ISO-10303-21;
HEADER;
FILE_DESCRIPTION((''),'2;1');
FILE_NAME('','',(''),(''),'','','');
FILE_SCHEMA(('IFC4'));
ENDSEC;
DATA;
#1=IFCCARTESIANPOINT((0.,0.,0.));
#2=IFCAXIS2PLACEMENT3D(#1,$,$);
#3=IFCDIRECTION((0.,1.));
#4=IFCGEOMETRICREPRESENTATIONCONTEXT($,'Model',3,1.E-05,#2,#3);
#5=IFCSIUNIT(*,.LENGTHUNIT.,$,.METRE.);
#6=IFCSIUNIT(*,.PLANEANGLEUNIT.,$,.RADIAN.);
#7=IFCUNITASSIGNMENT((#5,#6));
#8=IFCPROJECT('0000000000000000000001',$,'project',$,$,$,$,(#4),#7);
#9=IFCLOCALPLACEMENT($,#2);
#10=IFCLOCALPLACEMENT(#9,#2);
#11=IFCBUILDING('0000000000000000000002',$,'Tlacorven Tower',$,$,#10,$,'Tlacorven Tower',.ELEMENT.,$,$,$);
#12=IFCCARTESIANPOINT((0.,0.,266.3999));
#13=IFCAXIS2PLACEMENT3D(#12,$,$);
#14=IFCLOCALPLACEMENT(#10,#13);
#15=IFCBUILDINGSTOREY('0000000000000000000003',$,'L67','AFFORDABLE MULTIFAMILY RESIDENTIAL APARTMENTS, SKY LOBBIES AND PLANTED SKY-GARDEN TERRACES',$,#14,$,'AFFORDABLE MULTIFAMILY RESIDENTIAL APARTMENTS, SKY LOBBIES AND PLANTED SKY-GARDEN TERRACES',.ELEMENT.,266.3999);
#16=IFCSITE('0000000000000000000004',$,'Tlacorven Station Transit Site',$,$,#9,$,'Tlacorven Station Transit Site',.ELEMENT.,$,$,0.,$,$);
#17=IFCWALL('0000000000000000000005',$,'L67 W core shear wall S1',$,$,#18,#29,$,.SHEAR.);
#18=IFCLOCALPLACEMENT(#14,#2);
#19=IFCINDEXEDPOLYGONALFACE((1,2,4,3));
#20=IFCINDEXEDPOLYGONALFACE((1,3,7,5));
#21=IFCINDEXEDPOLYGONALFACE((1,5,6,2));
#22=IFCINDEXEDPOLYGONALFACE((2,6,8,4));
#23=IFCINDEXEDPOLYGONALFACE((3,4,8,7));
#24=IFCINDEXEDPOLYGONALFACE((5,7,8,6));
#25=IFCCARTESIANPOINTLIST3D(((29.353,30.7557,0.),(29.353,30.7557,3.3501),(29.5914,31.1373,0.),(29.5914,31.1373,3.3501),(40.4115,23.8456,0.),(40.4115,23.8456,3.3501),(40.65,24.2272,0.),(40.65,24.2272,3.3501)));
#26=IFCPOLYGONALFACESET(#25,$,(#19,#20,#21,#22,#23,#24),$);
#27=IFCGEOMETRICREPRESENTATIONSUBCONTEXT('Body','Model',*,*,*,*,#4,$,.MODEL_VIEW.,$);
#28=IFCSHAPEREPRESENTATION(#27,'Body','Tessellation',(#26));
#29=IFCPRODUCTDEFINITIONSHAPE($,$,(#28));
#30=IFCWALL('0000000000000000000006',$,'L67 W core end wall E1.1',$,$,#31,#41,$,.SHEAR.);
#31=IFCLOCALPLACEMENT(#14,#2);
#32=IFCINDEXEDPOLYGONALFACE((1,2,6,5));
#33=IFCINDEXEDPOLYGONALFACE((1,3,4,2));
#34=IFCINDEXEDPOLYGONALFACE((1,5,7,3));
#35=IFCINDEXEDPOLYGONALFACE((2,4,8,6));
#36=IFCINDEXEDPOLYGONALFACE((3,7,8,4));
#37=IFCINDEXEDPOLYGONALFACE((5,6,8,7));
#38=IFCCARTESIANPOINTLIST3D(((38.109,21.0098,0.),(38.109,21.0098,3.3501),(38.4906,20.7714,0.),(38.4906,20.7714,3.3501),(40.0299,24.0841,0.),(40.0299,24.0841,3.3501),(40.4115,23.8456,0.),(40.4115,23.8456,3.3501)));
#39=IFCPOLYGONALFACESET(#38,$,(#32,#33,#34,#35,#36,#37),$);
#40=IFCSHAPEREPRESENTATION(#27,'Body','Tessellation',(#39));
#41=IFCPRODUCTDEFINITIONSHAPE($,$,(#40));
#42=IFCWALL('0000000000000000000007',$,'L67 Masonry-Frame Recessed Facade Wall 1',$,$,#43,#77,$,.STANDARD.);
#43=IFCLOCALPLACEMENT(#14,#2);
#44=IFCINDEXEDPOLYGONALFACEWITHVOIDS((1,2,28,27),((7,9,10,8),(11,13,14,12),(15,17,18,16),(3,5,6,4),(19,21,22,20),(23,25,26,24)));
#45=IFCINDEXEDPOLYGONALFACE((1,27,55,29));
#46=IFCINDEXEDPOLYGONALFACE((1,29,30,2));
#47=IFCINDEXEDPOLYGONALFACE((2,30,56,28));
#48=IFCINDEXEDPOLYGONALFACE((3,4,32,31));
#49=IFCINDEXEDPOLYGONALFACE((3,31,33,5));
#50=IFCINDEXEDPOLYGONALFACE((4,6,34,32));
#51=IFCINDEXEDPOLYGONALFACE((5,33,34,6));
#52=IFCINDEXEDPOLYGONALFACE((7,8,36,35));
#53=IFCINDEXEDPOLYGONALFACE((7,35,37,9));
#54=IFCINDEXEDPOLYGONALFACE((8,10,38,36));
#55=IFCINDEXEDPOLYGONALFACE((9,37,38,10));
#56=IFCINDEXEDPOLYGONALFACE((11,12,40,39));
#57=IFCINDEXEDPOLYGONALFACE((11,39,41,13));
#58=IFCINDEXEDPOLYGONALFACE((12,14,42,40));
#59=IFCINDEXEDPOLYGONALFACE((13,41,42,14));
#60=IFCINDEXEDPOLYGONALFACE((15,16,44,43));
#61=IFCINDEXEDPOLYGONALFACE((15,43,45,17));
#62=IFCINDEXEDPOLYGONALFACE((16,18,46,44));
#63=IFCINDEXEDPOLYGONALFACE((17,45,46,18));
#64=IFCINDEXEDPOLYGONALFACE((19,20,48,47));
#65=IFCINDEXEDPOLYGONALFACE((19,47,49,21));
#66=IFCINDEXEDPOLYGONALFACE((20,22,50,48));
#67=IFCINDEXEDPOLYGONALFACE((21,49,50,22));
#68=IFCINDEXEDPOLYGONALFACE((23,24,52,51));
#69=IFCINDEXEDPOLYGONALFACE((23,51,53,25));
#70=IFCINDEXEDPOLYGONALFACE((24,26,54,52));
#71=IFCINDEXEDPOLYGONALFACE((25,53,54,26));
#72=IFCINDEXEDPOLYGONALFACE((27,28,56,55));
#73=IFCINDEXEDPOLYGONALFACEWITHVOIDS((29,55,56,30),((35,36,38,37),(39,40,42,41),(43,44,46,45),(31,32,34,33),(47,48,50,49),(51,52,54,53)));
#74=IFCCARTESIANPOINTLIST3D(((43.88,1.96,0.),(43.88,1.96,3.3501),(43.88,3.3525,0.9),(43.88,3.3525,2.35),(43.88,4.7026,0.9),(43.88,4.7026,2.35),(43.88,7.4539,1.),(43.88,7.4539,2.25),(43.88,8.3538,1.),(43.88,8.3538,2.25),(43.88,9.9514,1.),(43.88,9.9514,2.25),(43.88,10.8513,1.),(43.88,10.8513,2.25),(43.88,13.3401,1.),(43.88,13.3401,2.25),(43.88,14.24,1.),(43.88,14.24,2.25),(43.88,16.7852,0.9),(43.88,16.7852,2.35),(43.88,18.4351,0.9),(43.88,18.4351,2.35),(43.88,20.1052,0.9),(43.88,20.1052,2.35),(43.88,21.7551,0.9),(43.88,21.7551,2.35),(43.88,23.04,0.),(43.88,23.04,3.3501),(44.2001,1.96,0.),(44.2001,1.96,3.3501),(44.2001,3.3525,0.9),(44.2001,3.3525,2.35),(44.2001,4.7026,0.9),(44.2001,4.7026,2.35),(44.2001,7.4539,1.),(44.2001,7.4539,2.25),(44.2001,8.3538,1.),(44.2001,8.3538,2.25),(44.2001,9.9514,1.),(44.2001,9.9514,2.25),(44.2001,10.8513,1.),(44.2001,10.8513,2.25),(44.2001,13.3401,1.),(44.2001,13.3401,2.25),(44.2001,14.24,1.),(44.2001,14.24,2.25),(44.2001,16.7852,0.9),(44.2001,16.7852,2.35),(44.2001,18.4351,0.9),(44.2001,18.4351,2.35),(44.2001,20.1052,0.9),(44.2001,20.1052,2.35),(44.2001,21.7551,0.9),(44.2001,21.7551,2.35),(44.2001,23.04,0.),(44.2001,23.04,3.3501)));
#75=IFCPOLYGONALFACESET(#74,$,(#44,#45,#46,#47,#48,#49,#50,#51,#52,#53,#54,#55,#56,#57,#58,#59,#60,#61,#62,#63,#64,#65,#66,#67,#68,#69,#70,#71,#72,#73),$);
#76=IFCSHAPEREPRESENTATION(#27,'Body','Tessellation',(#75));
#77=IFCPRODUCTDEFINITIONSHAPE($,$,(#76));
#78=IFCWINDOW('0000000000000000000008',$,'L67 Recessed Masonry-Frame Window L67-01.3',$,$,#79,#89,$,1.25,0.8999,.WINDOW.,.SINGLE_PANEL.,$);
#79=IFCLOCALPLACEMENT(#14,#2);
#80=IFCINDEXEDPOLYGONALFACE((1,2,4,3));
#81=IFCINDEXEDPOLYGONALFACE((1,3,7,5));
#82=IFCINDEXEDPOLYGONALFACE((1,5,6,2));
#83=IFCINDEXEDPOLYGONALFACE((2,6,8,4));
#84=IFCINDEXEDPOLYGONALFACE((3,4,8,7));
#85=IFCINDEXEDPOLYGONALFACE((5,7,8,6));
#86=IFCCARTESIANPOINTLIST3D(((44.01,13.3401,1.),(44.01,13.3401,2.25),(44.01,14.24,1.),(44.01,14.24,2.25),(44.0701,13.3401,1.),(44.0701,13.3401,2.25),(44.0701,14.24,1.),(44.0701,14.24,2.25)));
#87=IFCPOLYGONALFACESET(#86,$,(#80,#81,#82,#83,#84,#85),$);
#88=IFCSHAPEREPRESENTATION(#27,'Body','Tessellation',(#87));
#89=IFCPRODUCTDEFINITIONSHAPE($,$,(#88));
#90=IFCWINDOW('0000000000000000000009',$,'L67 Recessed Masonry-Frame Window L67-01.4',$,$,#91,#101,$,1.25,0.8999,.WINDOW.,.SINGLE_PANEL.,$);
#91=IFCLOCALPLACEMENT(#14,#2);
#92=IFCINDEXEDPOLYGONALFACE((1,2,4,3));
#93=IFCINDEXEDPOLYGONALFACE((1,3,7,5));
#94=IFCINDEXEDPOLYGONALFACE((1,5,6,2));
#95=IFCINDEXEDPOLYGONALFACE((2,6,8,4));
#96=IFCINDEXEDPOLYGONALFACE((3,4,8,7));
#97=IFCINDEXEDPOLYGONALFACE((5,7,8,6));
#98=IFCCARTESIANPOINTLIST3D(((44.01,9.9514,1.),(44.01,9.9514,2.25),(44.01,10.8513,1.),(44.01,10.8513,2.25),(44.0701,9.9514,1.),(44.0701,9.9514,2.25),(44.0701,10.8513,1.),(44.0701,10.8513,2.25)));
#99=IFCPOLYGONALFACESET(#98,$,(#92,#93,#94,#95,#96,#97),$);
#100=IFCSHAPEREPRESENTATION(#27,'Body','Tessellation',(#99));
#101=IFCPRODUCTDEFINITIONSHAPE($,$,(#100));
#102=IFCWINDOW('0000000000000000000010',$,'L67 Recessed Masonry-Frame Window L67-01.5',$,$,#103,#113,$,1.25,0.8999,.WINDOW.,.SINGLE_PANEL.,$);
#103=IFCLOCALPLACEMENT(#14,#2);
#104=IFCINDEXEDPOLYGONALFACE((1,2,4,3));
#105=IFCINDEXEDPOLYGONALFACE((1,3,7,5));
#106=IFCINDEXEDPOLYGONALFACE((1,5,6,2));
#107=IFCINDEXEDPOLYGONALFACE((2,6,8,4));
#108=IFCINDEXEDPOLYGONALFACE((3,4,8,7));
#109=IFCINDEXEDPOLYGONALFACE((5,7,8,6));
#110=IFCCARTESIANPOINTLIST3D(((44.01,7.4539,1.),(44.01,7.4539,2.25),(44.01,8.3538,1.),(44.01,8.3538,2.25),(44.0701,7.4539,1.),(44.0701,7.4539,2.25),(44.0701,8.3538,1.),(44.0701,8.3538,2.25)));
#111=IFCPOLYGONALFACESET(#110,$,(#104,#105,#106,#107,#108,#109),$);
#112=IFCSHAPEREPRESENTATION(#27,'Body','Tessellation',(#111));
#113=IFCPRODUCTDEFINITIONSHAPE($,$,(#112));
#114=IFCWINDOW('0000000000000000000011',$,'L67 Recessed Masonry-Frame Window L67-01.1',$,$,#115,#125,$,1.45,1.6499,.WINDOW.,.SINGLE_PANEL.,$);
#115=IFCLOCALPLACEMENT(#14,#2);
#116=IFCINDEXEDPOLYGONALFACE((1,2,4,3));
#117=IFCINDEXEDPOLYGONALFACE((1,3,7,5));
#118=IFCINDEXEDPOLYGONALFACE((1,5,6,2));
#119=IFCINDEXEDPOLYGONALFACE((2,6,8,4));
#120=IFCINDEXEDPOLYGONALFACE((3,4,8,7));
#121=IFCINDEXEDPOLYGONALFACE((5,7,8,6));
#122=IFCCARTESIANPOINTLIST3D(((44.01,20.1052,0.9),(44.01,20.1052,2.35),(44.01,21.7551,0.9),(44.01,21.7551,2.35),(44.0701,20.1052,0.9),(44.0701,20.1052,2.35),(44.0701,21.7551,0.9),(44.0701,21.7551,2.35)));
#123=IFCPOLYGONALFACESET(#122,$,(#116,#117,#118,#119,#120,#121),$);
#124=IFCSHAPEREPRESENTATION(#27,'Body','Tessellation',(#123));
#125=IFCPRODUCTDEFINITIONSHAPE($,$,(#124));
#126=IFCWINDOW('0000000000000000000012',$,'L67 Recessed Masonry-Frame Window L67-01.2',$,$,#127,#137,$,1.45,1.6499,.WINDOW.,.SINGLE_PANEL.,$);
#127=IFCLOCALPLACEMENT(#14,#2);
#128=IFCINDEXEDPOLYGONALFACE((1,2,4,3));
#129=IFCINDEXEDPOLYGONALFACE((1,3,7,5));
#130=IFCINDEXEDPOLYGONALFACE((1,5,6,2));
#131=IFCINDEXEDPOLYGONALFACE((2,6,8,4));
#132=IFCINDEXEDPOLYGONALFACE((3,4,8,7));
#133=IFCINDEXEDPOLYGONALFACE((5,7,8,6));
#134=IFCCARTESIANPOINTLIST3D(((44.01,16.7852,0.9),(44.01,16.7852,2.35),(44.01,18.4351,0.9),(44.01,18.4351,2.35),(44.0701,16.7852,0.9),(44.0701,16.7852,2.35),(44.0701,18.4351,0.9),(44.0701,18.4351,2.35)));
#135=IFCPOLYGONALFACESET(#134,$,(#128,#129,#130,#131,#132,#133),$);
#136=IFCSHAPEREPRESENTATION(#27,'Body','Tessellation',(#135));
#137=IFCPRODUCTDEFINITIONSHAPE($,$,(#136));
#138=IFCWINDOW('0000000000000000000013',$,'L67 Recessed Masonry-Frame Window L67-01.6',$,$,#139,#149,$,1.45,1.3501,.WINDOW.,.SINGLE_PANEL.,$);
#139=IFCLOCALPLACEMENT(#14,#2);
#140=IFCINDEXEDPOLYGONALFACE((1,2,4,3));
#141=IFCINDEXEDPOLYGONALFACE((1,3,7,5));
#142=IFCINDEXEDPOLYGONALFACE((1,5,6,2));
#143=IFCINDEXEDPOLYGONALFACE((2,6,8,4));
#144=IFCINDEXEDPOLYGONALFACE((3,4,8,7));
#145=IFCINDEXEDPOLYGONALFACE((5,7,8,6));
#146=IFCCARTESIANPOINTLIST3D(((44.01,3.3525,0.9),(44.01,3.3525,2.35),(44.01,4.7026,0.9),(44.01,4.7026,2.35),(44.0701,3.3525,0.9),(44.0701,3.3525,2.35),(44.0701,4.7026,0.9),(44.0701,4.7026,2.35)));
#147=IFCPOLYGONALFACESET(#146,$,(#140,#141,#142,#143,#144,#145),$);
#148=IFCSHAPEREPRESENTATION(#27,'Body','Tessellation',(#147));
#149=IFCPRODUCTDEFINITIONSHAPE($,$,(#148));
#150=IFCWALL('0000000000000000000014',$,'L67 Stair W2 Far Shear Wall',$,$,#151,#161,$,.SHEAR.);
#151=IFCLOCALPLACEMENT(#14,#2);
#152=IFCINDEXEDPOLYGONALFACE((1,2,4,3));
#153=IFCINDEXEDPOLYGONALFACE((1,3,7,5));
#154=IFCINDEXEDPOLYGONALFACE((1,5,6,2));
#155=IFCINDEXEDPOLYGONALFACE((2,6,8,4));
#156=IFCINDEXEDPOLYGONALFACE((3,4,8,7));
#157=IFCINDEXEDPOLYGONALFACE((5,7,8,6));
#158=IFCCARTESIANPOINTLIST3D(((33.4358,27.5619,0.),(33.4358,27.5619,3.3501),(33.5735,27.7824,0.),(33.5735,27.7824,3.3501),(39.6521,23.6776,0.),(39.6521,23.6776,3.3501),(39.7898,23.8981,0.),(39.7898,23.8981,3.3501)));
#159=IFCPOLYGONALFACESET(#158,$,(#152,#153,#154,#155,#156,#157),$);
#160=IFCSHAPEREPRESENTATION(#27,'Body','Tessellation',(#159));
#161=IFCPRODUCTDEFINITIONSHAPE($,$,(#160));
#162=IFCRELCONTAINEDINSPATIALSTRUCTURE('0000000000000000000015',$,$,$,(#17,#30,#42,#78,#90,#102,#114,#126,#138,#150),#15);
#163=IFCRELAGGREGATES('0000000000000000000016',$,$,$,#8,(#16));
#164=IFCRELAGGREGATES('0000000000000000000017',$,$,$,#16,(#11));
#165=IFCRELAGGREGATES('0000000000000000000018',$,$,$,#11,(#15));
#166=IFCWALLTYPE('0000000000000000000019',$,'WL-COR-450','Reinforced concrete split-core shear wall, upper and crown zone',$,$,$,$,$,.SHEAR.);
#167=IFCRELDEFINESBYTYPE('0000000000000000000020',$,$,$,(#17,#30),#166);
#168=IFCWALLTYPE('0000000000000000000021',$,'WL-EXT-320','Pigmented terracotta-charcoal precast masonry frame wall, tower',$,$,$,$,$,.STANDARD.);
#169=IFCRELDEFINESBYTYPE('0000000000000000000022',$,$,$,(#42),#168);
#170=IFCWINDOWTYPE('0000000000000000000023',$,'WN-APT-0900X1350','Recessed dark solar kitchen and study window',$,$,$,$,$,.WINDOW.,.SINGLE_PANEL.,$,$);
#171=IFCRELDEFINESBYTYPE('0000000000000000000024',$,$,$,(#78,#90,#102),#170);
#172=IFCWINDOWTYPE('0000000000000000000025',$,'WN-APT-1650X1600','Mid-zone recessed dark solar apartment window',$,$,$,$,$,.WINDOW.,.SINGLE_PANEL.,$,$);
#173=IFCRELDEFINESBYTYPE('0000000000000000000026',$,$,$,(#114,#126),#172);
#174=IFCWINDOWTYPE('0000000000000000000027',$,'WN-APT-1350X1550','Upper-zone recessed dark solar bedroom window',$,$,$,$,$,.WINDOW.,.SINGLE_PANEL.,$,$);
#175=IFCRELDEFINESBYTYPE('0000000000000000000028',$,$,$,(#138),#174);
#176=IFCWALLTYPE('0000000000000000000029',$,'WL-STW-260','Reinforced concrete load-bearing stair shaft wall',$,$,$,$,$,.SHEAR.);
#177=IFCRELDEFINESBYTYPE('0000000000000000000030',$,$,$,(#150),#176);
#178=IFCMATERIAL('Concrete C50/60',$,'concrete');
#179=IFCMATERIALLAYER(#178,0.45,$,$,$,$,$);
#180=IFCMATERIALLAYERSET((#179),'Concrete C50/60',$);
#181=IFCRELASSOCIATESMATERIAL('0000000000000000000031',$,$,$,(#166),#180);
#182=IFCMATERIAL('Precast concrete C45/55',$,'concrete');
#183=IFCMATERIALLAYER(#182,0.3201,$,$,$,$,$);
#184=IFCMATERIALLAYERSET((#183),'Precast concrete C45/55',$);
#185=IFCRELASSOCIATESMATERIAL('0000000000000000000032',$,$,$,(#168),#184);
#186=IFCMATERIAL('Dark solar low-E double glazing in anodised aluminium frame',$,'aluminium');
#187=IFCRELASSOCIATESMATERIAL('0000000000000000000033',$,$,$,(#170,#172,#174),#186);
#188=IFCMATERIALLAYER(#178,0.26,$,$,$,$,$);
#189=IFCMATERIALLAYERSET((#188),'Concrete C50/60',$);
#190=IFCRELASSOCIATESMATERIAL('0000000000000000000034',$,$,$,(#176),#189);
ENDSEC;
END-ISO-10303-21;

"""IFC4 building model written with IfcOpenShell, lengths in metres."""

from ifc_helpers import new_model, si_unit, direction, frame, frame_2d, origin, place, context, subcontext, project, spatial, rectangle, extrude, source, transform, mapped, material, layer, layer_set, type_object, element, fill, save


model = new_model("IFC4")

# Units and contexts
model_context = context("Model", 3, precision=1e-05, world=origin(), true_north=direction((0.0, 1.0)))
body_context = subcontext(model_context, "Body", "Model", "MODEL_VIEW")
ifc_project = project(units=[si_unit("LENGTHUNIT", "METRE"), si_unit("PLANEANGLEUNIT", "RADIAN")], contexts=[model_context])

# Site, building, storey
site_placement = place(None, origin())
site = spatial("IfcSite", under=ifc_project, at=site_placement, Name="Tlacorven Station Transit Site", LongName="Tlacorven Station Transit Site", CompositionType="ELEMENT", RefElevation=0.0)
building_placement = place(site_placement, origin())
building = spatial("IfcBuilding", under=site, at=building_placement, Name="Tlacorven Tower", LongName="Tlacorven Tower", CompositionType="ELEMENT")
storey_placement = place(building_placement, frame((0.0, 0.0, 266.3999)))
storey = spatial("IfcBuildingStorey", under=building, at=storey_placement, Name="L67", Description="AFFORDABLE MULTIFAMILY RESIDENTIAL APARTMENTS, SKY LOBBIES AND PLANTED SKY-GARDEN TERRACES", LongName="AFFORDABLE MULTIFAMILY RESIDENTIAL APARTMENTS, SKY LOBBIES AND PLANTED SKY-GARDEN TERRACES", CompositionType="ELEMENT", Elevation=266.3999)

# Walls
ifc_material_1 = material(Name="Concrete C50/60", Category="concrete")
ifc_layer_1 = layer(ifc_material_1, 0.45)
ifc_layer_set_1 = layer_set([ifc_layer_1], Name="Concrete C50/60")
wall_type_1 = type_object("IfcWallType", Name="WL-COR-450", Description="Reinforced concrete split-core shear wall, upper and crown zone", PredefinedType="SHEAR", material=ifc_layer_set_1)
wall_1_placement = place(storey_placement, frame((40.5308, 24.0364, 0.0), z_axis=(0.0, 0.0, 1.0), x_axis=(-0.848049, 0.529918, 0.0)))
element("IfcWall", 1, at=wall_1_placement, inside=storey, type_object=wall_type_1, Name="L67 W core shear wall S1", PredefinedType="SHEAR", context=body_context, shape_type="SweptSolid", body=[
    extrude(rectangle(XDim=13.04, YDim=0.45, at=frame_2d((6.52, 0.0))), origin(), (0.0, 0.0, 1.0), 3.3501),
])
wall_2_placement = place(storey_placement, frame((40.2207, 23.9648, 0.0), z_axis=(0.0, 0.0, 1.0), x_axis=(-0.529902, -0.848059, 0.0)))
element("IfcWall", 2, at=wall_2_placement, inside=storey, type_object=wall_type_1, Name="L67 W core end wall E1.1", PredefinedType="SHEAR", context=body_context, shape_type="SweptSolid", body=[
    extrude(rectangle(XDim=3.625, YDim=0.45, at=frame_2d((1.8125, 0.0))), origin(), (0.0, 0.0, 1.0), 3.3501),
])

# Wall, openings, windows
ifc_material_2 = material(Name="Precast concrete C45/55", Category="concrete")
ifc_layer_2 = layer(ifc_material_2, 0.3201)
ifc_layer_set_2 = layer_set([ifc_layer_2], Name="Precast concrete C45/55")
wall_type_2 = type_object("IfcWallType", Name="WL-EXT-320", Description="Pigmented terracotta-charcoal precast masonry frame wall, tower", PredefinedType="STANDARD", material=ifc_layer_set_2)
wall_3_placement = place(storey_placement, frame((44.04, 23.04, 0.0), z_axis=(0.0, 0.0, 1.0), x_axis=(0.0, -1.0, 0.0)))
wall_3 = element("IfcWall", 3, at=wall_3_placement, inside=storey, type_object=wall_type_2, Name="L67 Masonry-Frame Recessed Facade Wall 1", PredefinedType="STANDARD", context=body_context, shape_type="SweptSolid", body=[
    extrude(rectangle(XDim=21.0801, YDim=0.3201, at=frame_2d((10.54, 0.0))), origin(), (0.0, 0.0, 1.0), 3.3501),
])
opening_1_placement = place(wall_3_placement, frame((1.2849, 0.0, 0.8999)))
opening_1 = element("IfcOpeningElement", 4, at=opening_1_placement, cuts=wall_3, PredefinedType="OPENING", context=body_context, shape_type="SweptSolid", body=[
    extrude(rectangle(XDim=1.6499, YDim=1.45, at=frame_2d((0.825, 0.7251))), frame((0.0, 0.1699, 0.0), z_axis=(0.0, -1.0, 0.0), x_axis=(1.0, 0.0, 0.0)), (0.0, 0.0, 1.0), 0.3401),
])
opening_2_placement = place(wall_3_placement, frame((4.605, 0.0, 0.8999)))
opening_2 = element("IfcOpeningElement", 5, at=opening_2_placement, cuts=wall_3, PredefinedType="OPENING", context=body_context, shape_type="SweptSolid", body=[
    extrude(rectangle(XDim=1.6499, YDim=1.45, at=frame_2d((0.825, 0.7251))), frame((0.0, 0.1699, 0.0), z_axis=(0.0, -1.0, 0.0), x_axis=(1.0, 0.0, 0.0)), (0.0, 0.0, 1.0), 0.3401),
])
opening_3_placement = place(wall_3_placement, frame((8.8, 0.0, 1.0)))
opening_3 = element("IfcOpeningElement", 6, at=opening_3_placement, cuts=wall_3, PredefinedType="OPENING", context=body_context, shape_type="SweptSolid", body=[
    extrude(rectangle(XDim=0.8999, YDim=1.25, at=frame_2d((0.45, 0.625))), frame((0.0, 0.1699, 0.0), z_axis=(0.0, -1.0, 0.0), x_axis=(1.0, 0.0, 0.0)), (0.0, 0.0, 1.0), 0.3401),
])
opening_4_placement = place(wall_3_placement, frame((12.1887, 0.0, 1.0)))
opening_4 = element("IfcOpeningElement", 7, at=opening_4_placement, cuts=wall_3, PredefinedType="OPENING", context=body_context, shape_type="SweptSolid", body=[
    extrude(rectangle(XDim=0.8999, YDim=1.25, at=frame_2d((0.45, 0.625))), frame((0.0, 0.1699, 0.0), z_axis=(0.0, -1.0, 0.0), x_axis=(1.0, 0.0, 0.0)), (0.0, 0.0, 1.0), 0.3401),
])
opening_5_placement = place(wall_3_placement, frame((14.6863, 0.0, 1.0)))
opening_5 = element("IfcOpeningElement", 8, at=opening_5_placement, cuts=wall_3, PredefinedType="OPENING", context=body_context, shape_type="SweptSolid", body=[
    extrude(rectangle(XDim=0.8999, YDim=1.25, at=frame_2d((0.45, 0.625))), frame((0.0, 0.1699, 0.0), z_axis=(0.0, -1.0, 0.0), x_axis=(1.0, 0.0, 0.0)), (0.0, 0.0, 1.0), 0.3401),
])
opening_6_placement = place(wall_3_placement, frame((18.3374, 0.0, 0.8999)))
opening_6 = element("IfcOpeningElement", 9, at=opening_6_placement, cuts=wall_3, PredefinedType="OPENING", context=body_context, shape_type="SweptSolid", body=[
    extrude(rectangle(XDim=1.3501, YDim=1.45, at=frame_2d((0.675, 0.7251))), frame((0.0, 0.1699, 0.0), z_axis=(0.0, -1.0, 0.0), x_axis=(1.0, 0.0, 0.0)), (0.0, 0.0, 1.0), 0.3401),
])
ifc_material_3 = material(Name="Dark solar low-E double glazing in anodised aluminium frame", Category="aluminium")
window_type_1 = type_object("IfcWindowType", Name="WN-APT-0900X1350", Description="Recessed dark solar kitchen and study window", PartitioningType="SINGLE_PANEL", PredefinedType="WINDOW", material=ifc_material_3)
shared_shape_1 = source(origin(), body_context, "Body", "SweptSolid", [
    extrude(rectangle(XDim=0.8999, YDim=1.25, at=frame_2d((0.45, 0.625))), frame((0.0, 0.03, 0.0), z_axis=(0.0, -1.0, 0.0), x_axis=(1.0, 0.0, 0.0)), (0.0, 0.0, 1.0), 0.0601),
])
window_1_placement = place(opening_3_placement, origin())
window_1 = element("IfcWindow", 10, at=window_1_placement, inside=storey, type_object=window_type_1, Name="L67 Recessed Masonry-Frame Window L67-01.3", OverallHeight=1.25, OverallWidth=0.8999, PartitioningType="SINGLE_PANEL", PredefinedType="WINDOW", context=body_context, shape_type="MappedRepresentation", body=[
    mapped(shared_shape_1, transform((0.0, 0.0, 0.0), scale=1.0)),
])
fill(opening_3, window_1)
window_2_placement = place(opening_4_placement, origin())
window_2 = element("IfcWindow", 11, at=window_2_placement, inside=storey, type_object=window_type_1, Name="L67 Recessed Masonry-Frame Window L67-01.4", OverallHeight=1.25, OverallWidth=0.8999, PartitioningType="SINGLE_PANEL", PredefinedType="WINDOW", context=body_context, shape_type="MappedRepresentation", body=[
    mapped(shared_shape_1, transform((0.0, 0.0, 0.0), scale=1.0)),
])
fill(opening_4, window_2)
window_3_placement = place(opening_5_placement, origin())
window_3 = element("IfcWindow", 12, at=window_3_placement, inside=storey, type_object=window_type_1, Name="L67 Recessed Masonry-Frame Window L67-01.5", OverallHeight=1.25, OverallWidth=0.8999, PartitioningType="SINGLE_PANEL", PredefinedType="WINDOW", context=body_context, shape_type="MappedRepresentation", body=[
    mapped(shared_shape_1, transform((0.0, 0.0, 0.0), scale=1.0)),
])
fill(opening_5, window_3)
window_type_2 = type_object("IfcWindowType", Name="WN-APT-1650X1600", Description="Mid-zone recessed dark solar apartment window", PartitioningType="SINGLE_PANEL", PredefinedType="WINDOW", material=ifc_material_3)
shared_shape_2 = source(origin(), body_context, "Body", "SweptSolid", [
    extrude(rectangle(XDim=1.6499, YDim=1.45, at=frame_2d((0.825, 0.7251))), frame((0.0, 0.03, 0.0), z_axis=(0.0, -1.0, 0.0), x_axis=(1.0, 0.0, 0.0)), (0.0, 0.0, 1.0), 0.0601),
])
window_4_placement = place(opening_1_placement, origin())
window_4 = element("IfcWindow", 13, at=window_4_placement, inside=storey, type_object=window_type_2, Name="L67 Recessed Masonry-Frame Window L67-01.1", OverallHeight=1.45, OverallWidth=1.6499, PartitioningType="SINGLE_PANEL", PredefinedType="WINDOW", context=body_context, shape_type="MappedRepresentation", body=[
    mapped(shared_shape_2, transform((0.0, 0.0, 0.0), scale=1.0)),
])
fill(opening_1, window_4)
window_5_placement = place(opening_2_placement, origin())
window_5 = element("IfcWindow", 14, at=window_5_placement, inside=storey, type_object=window_type_2, Name="L67 Recessed Masonry-Frame Window L67-01.2", OverallHeight=1.45, OverallWidth=1.6499, PartitioningType="SINGLE_PANEL", PredefinedType="WINDOW", context=body_context, shape_type="MappedRepresentation", body=[
    mapped(shared_shape_2, transform((0.0, 0.0, 0.0), scale=1.0)),
])
fill(opening_2, window_5)
window_type_3 = type_object("IfcWindowType", Name="WN-APT-1350X1550", Description="Upper-zone recessed dark solar bedroom window", PartitioningType="SINGLE_PANEL", PredefinedType="WINDOW", material=ifc_material_3)
shared_shape_3 = source(origin(), body_context, "Body", "SweptSolid", [
    extrude(rectangle(XDim=1.3501, YDim=1.45, at=frame_2d((0.675, 0.7251))), frame((0.0, 0.03, 0.0), z_axis=(0.0, -1.0, 0.0), x_axis=(1.0, 0.0, 0.0)), (0.0, 0.0, 1.0), 0.0601),
])
window_6_placement = place(opening_6_placement, origin())
window_6 = element("IfcWindow", 15, at=window_6_placement, inside=storey, type_object=window_type_3, Name="L67 Recessed Masonry-Frame Window L67-01.6", OverallHeight=1.45, OverallWidth=1.3501, PartitioningType="SINGLE_PANEL", PredefinedType="WINDOW", context=body_context, shape_type="MappedRepresentation", body=[
    mapped(shared_shape_3, transform((0.0, 0.0, 0.0), scale=1.0)),
])
fill(opening_6, window_6)

# Wall
ifc_layer_3 = layer(ifc_material_1, 0.26)
ifc_layer_set_3 = layer_set([ifc_layer_3], Name="Concrete C50/60")
wall_type_3 = type_object("IfcWallType", Name="WL-STW-260", Description="Reinforced concrete load-bearing stair shaft wall", PredefinedType="SHEAR", material=ifc_layer_set_3)
wall_4_placement = place(storey_placement, frame((39.7209, 23.7878, 0.0), z_axis=(0.0, 0.0, 1.0), x_axis=(-0.848054, 0.529909, 0.0)))
element("IfcWall", 16, at=wall_4_placement, inside=storey, type_object=wall_type_3, Name="L67 Stair W2 Far Shear Wall", PredefinedType="SHEAR", context=body_context, shape_type="SweptSolid", body=[
    extrude(rectangle(XDim=7.3301, YDim=0.26, at=frame_2d((3.665, 0.0))), origin(), (0.0, 0.0, 1.0), 3.3501),
])

save(model, "model.ifc")
